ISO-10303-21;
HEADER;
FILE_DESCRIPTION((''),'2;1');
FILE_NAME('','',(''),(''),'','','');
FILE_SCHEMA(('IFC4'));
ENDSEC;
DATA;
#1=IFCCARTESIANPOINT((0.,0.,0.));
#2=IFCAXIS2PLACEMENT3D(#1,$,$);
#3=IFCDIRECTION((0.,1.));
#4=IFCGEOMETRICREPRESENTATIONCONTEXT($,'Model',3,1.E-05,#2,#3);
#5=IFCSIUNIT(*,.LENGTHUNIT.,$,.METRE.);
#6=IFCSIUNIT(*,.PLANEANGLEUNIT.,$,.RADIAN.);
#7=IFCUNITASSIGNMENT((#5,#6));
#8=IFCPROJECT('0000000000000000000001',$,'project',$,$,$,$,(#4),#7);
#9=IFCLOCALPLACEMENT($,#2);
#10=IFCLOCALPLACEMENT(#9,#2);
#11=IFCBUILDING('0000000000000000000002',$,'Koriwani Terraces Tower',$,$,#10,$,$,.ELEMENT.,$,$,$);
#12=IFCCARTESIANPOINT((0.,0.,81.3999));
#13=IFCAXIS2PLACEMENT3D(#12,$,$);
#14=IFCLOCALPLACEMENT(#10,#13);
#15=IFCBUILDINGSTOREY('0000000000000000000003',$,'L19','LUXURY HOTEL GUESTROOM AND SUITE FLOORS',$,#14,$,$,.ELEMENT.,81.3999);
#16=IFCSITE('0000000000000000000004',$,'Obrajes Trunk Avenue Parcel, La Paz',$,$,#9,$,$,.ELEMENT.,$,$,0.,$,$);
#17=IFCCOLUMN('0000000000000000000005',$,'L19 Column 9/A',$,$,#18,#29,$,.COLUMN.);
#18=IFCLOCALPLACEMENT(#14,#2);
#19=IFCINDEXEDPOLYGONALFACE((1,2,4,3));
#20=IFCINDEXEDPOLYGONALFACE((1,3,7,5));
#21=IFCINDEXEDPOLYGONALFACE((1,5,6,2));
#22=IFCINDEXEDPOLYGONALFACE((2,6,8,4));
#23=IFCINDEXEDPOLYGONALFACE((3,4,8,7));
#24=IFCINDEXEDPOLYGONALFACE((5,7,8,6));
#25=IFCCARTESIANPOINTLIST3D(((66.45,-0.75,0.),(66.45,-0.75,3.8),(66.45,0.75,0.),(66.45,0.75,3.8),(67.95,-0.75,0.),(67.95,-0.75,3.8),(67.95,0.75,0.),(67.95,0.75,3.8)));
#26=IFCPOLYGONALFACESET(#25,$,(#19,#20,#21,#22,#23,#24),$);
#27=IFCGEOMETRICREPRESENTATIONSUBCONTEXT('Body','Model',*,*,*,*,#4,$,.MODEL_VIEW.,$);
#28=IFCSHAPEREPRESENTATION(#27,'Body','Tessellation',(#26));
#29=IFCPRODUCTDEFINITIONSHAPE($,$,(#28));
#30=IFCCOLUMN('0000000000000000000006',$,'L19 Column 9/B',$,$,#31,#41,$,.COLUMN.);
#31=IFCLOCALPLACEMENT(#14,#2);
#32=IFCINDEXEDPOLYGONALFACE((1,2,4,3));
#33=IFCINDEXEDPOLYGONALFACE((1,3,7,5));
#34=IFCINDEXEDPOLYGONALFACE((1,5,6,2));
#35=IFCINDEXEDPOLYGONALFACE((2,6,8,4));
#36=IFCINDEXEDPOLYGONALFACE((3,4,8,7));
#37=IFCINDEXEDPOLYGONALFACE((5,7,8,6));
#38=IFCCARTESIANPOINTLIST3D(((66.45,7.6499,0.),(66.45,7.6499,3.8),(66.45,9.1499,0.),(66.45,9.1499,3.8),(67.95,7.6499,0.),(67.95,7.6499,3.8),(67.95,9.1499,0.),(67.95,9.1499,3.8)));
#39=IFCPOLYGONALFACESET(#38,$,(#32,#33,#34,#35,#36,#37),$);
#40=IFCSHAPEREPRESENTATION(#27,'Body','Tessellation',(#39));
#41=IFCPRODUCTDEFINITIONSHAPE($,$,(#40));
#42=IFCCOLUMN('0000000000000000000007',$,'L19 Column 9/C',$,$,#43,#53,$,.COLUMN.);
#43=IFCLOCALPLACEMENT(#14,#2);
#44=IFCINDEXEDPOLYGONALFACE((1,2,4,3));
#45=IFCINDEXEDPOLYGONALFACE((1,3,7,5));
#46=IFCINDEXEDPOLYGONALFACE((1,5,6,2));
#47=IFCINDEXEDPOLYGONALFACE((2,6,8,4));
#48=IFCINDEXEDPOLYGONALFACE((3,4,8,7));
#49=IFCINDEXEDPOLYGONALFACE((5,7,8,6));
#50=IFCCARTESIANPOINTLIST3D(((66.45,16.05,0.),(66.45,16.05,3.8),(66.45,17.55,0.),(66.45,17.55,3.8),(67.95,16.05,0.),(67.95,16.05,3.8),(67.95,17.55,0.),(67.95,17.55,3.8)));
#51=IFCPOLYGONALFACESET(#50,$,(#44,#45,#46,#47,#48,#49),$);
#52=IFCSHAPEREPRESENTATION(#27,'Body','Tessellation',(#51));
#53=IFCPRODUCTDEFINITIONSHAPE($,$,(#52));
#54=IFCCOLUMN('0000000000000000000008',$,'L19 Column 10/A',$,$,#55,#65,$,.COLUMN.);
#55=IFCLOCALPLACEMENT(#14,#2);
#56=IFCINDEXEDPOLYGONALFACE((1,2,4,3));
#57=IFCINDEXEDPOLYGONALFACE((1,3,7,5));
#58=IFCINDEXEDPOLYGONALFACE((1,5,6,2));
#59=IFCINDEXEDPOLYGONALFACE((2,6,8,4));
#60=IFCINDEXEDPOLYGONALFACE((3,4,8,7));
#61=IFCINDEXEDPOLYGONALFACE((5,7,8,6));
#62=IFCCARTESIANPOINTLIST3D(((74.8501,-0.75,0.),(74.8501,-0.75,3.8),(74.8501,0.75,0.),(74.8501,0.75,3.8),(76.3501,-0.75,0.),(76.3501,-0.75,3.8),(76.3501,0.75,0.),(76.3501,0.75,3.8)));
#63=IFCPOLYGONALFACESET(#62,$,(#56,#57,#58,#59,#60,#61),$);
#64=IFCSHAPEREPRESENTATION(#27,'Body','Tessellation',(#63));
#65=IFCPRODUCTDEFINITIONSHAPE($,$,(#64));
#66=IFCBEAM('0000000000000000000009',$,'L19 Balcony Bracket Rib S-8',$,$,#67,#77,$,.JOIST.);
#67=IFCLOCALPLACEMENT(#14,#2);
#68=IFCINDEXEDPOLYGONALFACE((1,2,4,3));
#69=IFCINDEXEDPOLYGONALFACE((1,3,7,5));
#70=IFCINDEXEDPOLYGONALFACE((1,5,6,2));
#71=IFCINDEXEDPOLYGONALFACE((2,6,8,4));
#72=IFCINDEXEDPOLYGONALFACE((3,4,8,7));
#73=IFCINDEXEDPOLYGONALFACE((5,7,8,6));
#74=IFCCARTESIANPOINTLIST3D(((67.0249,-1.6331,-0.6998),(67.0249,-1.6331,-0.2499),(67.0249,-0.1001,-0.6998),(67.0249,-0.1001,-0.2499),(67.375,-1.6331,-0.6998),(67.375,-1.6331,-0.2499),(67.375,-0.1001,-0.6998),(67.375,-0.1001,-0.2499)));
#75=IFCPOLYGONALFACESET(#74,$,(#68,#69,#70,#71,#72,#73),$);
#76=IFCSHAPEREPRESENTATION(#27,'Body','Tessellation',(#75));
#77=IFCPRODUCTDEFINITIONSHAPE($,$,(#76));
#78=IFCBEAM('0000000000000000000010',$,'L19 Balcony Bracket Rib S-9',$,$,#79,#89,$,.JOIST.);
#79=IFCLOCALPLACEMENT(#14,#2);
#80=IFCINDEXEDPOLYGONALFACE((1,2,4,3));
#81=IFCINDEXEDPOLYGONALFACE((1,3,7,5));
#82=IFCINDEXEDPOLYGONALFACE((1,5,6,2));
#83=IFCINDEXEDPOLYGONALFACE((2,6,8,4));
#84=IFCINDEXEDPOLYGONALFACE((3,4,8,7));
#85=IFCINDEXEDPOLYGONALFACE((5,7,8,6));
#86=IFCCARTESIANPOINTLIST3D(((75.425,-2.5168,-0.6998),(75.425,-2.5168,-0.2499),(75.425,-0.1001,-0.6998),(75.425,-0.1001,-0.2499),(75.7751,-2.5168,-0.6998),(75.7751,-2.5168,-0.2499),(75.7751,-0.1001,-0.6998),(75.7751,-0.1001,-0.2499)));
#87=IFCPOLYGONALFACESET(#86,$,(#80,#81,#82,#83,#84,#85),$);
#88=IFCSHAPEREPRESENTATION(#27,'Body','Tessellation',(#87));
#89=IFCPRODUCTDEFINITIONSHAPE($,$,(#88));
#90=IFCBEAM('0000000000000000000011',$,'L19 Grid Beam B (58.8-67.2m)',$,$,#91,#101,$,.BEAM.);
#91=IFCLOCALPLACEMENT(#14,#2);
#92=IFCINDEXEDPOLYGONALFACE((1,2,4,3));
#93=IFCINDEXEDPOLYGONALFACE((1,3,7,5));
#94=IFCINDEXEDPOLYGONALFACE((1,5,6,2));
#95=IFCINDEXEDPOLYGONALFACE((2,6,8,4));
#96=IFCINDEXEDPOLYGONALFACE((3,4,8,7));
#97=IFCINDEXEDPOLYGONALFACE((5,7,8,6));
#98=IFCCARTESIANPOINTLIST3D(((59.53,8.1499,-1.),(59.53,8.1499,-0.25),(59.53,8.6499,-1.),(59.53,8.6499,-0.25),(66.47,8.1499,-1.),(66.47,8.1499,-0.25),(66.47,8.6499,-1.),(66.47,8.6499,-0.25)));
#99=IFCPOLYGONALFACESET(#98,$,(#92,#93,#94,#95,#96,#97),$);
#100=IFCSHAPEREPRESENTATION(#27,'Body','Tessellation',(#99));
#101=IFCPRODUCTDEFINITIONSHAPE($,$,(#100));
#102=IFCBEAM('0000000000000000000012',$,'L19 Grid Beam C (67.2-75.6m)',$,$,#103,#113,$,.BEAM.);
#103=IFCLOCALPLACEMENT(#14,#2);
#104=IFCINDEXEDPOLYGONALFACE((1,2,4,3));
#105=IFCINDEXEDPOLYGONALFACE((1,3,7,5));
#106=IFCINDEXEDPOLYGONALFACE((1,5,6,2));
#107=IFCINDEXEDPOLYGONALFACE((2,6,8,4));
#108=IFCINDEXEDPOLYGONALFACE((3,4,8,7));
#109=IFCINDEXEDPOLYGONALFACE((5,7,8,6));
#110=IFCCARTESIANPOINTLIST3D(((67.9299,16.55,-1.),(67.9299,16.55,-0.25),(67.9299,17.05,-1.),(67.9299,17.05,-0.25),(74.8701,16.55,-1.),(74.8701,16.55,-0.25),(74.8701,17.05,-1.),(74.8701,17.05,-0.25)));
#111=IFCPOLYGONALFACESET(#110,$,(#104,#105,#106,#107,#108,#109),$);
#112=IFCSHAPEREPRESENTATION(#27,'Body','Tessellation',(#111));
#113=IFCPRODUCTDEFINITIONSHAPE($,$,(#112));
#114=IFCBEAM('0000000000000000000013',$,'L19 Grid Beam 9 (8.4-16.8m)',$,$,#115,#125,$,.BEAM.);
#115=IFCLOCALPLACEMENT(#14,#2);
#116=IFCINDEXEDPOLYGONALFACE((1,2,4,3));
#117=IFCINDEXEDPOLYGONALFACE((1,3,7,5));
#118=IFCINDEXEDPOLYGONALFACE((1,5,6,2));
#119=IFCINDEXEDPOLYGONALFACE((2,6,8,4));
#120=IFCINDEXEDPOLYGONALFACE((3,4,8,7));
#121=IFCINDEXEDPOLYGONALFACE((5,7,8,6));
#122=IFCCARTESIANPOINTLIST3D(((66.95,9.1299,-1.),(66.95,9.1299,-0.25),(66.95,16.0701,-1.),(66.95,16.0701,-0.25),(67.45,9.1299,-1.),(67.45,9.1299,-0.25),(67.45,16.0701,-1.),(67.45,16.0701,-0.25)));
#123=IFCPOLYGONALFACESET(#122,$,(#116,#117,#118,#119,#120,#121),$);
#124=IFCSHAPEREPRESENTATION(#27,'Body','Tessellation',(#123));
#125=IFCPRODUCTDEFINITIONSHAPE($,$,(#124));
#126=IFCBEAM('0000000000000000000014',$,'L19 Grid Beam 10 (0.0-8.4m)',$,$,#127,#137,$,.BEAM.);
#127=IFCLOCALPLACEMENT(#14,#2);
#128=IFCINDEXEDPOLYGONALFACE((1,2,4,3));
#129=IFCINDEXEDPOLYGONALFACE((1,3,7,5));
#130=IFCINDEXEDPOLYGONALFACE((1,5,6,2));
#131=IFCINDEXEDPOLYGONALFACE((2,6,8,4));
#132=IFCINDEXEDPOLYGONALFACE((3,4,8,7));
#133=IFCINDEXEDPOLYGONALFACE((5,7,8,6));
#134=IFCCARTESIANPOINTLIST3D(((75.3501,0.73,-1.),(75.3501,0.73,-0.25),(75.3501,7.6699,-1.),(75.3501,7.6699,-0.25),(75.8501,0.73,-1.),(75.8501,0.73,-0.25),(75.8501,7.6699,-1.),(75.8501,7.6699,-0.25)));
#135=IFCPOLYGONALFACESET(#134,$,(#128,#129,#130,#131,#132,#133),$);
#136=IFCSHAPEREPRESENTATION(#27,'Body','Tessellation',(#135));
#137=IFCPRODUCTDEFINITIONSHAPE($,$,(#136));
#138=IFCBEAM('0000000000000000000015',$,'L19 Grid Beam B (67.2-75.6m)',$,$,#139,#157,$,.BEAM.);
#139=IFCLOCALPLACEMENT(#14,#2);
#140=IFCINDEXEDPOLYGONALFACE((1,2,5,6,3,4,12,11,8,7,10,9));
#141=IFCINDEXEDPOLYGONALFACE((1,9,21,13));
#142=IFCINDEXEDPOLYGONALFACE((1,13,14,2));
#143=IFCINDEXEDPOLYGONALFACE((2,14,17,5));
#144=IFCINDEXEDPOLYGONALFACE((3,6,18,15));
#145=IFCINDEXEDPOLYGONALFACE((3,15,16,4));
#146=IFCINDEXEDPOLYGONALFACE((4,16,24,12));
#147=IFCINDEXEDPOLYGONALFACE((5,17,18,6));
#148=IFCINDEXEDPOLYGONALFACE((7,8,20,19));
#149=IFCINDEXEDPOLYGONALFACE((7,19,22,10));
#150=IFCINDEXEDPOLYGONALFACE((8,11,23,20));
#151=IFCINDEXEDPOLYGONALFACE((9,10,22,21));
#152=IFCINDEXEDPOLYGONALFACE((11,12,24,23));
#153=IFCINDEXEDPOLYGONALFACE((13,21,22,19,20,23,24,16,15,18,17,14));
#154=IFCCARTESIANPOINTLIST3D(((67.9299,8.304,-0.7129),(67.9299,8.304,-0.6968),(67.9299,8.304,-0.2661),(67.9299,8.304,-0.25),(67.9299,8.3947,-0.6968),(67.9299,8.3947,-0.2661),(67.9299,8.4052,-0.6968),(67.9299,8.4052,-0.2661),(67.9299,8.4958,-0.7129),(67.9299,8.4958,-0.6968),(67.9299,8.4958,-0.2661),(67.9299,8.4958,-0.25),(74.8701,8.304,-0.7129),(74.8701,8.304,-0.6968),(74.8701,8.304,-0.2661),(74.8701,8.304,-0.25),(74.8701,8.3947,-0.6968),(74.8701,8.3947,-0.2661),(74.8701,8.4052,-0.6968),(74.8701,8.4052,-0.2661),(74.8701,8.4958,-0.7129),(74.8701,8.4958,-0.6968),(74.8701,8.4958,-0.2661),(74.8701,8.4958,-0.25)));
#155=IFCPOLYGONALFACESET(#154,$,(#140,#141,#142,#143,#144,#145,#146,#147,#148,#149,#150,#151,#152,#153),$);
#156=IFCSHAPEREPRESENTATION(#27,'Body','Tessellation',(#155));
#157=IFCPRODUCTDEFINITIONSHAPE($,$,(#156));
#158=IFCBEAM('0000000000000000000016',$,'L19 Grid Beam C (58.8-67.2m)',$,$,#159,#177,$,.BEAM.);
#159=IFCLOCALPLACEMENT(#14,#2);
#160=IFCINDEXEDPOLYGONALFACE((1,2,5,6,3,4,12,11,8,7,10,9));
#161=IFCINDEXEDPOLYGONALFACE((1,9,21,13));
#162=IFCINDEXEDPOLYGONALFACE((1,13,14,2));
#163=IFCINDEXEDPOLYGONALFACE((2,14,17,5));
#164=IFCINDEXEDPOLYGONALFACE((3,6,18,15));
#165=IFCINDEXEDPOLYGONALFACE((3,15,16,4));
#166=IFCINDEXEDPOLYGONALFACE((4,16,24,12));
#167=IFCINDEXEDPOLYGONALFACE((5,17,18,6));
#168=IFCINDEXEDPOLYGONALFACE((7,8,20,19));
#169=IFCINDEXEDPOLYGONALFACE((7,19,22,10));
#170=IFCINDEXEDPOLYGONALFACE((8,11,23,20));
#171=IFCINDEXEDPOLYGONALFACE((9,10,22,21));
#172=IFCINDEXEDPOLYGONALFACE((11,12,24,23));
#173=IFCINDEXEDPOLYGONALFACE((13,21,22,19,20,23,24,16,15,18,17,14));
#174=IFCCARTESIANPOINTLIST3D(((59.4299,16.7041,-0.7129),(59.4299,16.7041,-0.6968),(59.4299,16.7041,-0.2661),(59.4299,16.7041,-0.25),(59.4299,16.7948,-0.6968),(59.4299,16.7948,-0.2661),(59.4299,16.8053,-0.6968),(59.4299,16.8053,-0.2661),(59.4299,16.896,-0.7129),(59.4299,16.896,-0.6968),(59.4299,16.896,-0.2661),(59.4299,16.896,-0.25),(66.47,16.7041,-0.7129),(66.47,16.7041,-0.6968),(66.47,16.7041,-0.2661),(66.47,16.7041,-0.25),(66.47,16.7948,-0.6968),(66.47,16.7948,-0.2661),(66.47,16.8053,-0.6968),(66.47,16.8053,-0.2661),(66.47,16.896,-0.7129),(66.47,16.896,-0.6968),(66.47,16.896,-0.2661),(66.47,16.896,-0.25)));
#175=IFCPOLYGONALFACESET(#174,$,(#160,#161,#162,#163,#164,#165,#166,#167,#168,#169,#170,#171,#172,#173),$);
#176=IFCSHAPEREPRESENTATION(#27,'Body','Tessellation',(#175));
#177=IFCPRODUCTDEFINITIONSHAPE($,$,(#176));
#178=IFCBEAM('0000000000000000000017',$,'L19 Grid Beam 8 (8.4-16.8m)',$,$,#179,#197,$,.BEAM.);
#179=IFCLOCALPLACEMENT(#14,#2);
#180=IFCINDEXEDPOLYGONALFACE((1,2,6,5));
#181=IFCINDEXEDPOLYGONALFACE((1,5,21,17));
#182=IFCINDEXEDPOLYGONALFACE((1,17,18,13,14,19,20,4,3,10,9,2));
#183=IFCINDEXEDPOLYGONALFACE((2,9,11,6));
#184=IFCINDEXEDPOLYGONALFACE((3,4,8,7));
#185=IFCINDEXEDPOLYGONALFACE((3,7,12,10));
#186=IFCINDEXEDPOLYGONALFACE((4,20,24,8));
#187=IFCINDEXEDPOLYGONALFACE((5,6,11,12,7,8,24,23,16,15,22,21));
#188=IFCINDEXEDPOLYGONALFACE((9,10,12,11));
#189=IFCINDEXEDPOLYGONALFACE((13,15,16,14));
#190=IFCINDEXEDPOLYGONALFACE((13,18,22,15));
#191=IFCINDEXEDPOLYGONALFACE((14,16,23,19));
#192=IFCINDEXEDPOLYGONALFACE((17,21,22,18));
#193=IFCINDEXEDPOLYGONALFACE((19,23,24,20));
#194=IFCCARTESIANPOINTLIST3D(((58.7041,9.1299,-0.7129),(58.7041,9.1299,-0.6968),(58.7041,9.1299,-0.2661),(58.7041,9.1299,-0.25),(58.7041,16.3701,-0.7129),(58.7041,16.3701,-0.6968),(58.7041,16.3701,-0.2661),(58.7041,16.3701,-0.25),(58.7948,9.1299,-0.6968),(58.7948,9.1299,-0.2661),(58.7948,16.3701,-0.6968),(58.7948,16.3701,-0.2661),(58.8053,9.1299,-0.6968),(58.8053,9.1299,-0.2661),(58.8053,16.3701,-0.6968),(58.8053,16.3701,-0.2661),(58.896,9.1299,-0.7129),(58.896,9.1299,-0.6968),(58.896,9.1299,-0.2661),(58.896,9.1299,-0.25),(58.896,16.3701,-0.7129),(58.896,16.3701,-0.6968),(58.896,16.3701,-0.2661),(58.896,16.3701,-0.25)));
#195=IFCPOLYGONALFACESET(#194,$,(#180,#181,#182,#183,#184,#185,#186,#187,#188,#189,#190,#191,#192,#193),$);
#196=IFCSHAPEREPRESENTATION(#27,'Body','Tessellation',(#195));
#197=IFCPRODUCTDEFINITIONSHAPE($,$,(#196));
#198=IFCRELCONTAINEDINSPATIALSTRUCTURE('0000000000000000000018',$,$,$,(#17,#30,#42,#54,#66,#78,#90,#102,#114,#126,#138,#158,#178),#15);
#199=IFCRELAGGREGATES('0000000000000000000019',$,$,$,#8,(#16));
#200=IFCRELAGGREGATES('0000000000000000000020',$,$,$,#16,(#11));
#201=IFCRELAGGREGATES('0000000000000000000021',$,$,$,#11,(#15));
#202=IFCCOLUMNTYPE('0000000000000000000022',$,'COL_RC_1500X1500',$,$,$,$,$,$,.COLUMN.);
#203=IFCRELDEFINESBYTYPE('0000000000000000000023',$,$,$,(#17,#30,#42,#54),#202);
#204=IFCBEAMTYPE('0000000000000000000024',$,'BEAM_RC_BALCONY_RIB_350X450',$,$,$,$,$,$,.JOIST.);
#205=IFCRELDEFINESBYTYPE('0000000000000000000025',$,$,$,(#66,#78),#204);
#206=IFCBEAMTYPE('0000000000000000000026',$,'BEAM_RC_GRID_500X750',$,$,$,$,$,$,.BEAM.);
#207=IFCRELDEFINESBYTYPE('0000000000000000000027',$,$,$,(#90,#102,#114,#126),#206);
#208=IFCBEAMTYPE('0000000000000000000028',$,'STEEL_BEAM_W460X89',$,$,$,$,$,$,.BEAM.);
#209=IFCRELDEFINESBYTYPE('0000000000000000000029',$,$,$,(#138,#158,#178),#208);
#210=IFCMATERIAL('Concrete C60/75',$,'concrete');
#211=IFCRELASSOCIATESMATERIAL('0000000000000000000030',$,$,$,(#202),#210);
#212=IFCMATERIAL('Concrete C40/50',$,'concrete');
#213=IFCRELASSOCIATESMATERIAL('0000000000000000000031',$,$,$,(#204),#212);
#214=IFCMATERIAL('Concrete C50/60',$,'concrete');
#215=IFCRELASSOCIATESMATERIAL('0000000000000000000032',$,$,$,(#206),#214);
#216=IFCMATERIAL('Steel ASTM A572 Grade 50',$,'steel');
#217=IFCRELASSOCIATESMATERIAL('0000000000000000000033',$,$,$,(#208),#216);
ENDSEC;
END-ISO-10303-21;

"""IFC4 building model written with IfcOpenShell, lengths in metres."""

from ifc_helpers import new_model, si_unit, direction, frame, origin, origin_2d, place, context, subcontext, project, spatial, rectangle, i_section, extrude, material, material_profile, profile_set, type_object, element, save


model = new_model("IFC4")

# Units and contexts
model_context = context("Model", 3, precision=1e-05, world=origin(), true_north=direction((0.0, 1.0)))
body_context = subcontext(model_context, "Body", "Model", "MODEL_VIEW")
ifc_project = project(units=[si_unit("LENGTHUNIT", "METRE"), si_unit("PLANEANGLEUNIT", "RADIAN")], contexts=[model_context])

# Site, building, storey
site_placement = place(None, origin())
site = spatial("IfcSite", under=ifc_project, at=site_placement, Name="Obrajes Trunk Avenue Parcel, La Paz", CompositionType="ELEMENT", RefElevation=0.0)
building_placement = place(site_placement, origin())
building = spatial("IfcBuilding", under=site, at=building_placement, Name="Koriwani Terraces Tower", CompositionType="ELEMENT")
storey_placement = place(building_placement, frame((0.0, 0.0, 81.3999)))
storey = spatial("IfcBuildingStorey", under=building, at=storey_placement, Name="L19", Description="LUXURY HOTEL GUESTROOM AND SUITE FLOORS", CompositionType="ELEMENT", Elevation=81.3999)

# Columns
ifc_material_1 = material(Name="Concrete C60/75", Category="concrete")
ifc_material_profile_1 = material_profile(ifc_material_1, rectangle(XDim=1.5, YDim=1.5, at=origin_2d()), Name="Concrete C60/75", Category="LoadBearing")
ifc_profile_set_1 = profile_set([ifc_material_profile_1], Name="Concrete C60/75")
column_type = type_object("IfcColumnType", Name="COL_RC_1500X1500", PredefinedType="COLUMN", material=ifc_profile_set_1)
for number, where, z_axis, x_axis, name in (
    (1, (67.2, 0.0, 0.0), (0.0, 0.0, 1.0), (1.0, 0.0, 0.0), "L19 Column 9/A"),
    (2, (67.2, 8.3999, 0.0), (0.0, 0.0, 1.0), (1.0, 0.0, 0.0), "L19 Column 9/B"),
    (3, (67.2, 16.8, 0.0), (0.0, 0.0, 1.0), (1.0, 0.0, 0.0), "L19 Column 9/C"),
    (4, (75.6001, 0.0, 0.0), (0.0, 0.0, 1.0), (1.0, 0.0, 0.0), "L19 Column 10/A"),
):
    element("IfcColumn", number, at=place(storey_placement, frame(where, z_axis=z_axis, x_axis=x_axis)), inside=storey, type_object=column_type, Name=name, PredefinedType="COLUMN", context=body_context, shape_type="SweptSolid", body=[
        extrude(rectangle(XDim=1.5, YDim=1.5, at=origin_2d()), origin(), (0.0, 0.0, 1.0), 3.8),
    ])

# Beams
ifc_material_2 = material(Name="Concrete C40/50", Category="concrete")
ifc_material_profile_2 = material_profile(ifc_material_2, rectangle(XDim=0.3501, YDim=0.45, at=origin_2d()), Name="Concrete C40/50", Category="LoadBearing")
ifc_profile_set_2 = profile_set([ifc_material_profile_2], Name="Concrete C40/50")
beam_type_1 = type_object("IfcBeamType", Name="BEAM_RC_BALCONY_RIB_350X450", PredefinedType="JOIST", material=ifc_profile_set_2)
beam_1_placement = place(storey_placement, frame((67.2, -1.6331, -0.4749), z_axis=(0.0, 1.0, 0.0), x_axis=(-1.0, 0.0, 0.0)))
element("IfcBeam", 5, at=beam_1_placement, inside=storey, type_object=beam_type_1, Name="L19 Balcony Bracket Rib S-8", PredefinedType="JOIST", context=body_context, shape_type="SweptSolid", body=[
    extrude(rectangle(XDim=0.3501, YDim=0.45, at=origin_2d()), origin(), (0.0, 0.0, 1.0), 1.533),
])
beam_2_placement = place(storey_placement, frame((75.6001, -2.5168, -0.4749), z_axis=(0.0, 1.0, 0.0), x_axis=(-1.0, 0.0, 0.0)))
element("IfcBeam", 6, at=beam_2_placement, inside=storey, type_object=beam_type_1, Name="L19 Balcony Bracket Rib S-9", PredefinedType="JOIST", context=body_context, shape_type="SweptSolid", body=[
    extrude(rectangle(XDim=0.3501, YDim=0.45, at=origin_2d()), origin(), (0.0, 0.0, 1.0), 2.4167),
])
ifc_material_3 = material(Name="Concrete C50/60", Category="concrete")
ifc_material_profile_3 = material_profile(ifc_material_3, rectangle(XDim=0.5, YDim=0.75, at=origin_2d()), Name="Concrete C50/60", Category="LoadBearing")
ifc_profile_set_3 = profile_set([ifc_material_profile_3], Name="Concrete C50/60")
beam_type_2 = type_object("IfcBeamType", Name="BEAM_RC_GRID_500X750", PredefinedType="BEAM", material=ifc_profile_set_3)
beam_3_placement = place(storey_placement, frame((59.53, 8.3999, -0.625), z_axis=(1.0, 0.0, 0.0), x_axis=(0.0, 1.0, 0.0)))
element("IfcBeam", 7, at=beam_3_placement, inside=storey, type_object=beam_type_2, Name="L19 Grid Beam B (58.8-67.2m)", PredefinedType="BEAM", context=body_context, shape_type="SweptSolid", body=[
    extrude(rectangle(XDim=0.5, YDim=0.75, at=origin_2d()), origin(), (0.0, 0.0, 1.0), 6.9399),
])
for number, where, z_axis, x_axis, name in (
    (8, (67.9299, 16.8, -0.625), (1.0, 0.0, 0.0), (0.0, 1.0, 0.0), "L19 Grid Beam C (67.2-75.6m)"),
    (9, (67.2, 9.1299, -0.625), (0.0, 1.0, 0.0), (-1.0, 0.0, 0.0), "L19 Grid Beam 9 (8.4-16.8m)"),
):
    element("IfcBeam", number, at=place(storey_placement, frame(where, z_axis=z_axis, x_axis=x_axis)), inside=storey, type_object=beam_type_2, Name=name, PredefinedType="BEAM", context=body_context, shape_type="SweptSolid", body=[
        extrude(rectangle(XDim=0.5, YDim=0.75, at=origin_2d()), origin(), (0.0, 0.0, 1.0), 6.9402),
    ])
beam_4_placement = place(storey_placement, frame((75.6001, 0.73, -0.625), z_axis=(0.0, 1.0, 0.0), x_axis=(-1.0, 0.0, 0.0)))
element("IfcBeam", 10, at=beam_4_placement, inside=storey, type_object=beam_type_2, Name="L19 Grid Beam 10 (0.0-8.4m)", PredefinedType="BEAM", context=body_context, shape_type="SweptSolid", body=[
    extrude(rectangle(XDim=0.5, YDim=0.75, at=origin_2d()), origin(), (0.0, 0.0, 1.0), 6.9399),
])
ifc_material_4 = material(Name="Steel ASTM A572 Grade 50", Category="steel")
ifc_material_profile_4 = material_profile(ifc_material_4, i_section(OverallWidth=0.1919, OverallDepth=0.4629, WebThickness=0.0105, FlangeThickness=0.0161, at=origin_2d()), Name="Steel ASTM A572 Grade 50", Category="LoadBearing")
ifc_profile_set_4 = profile_set([ifc_material_profile_4], Name="Steel ASTM A572 Grade 50")
beam_type_3 = type_object("IfcBeamType", Name="STEEL_BEAM_W460X89", PredefinedType="BEAM", material=ifc_profile_set_4)
beam_5_placement = place(storey_placement, frame((67.9299, 8.3999, -0.4814), z_axis=(1.0, 0.0, 0.0), x_axis=(0.0, 1.0, 0.0)))
element("IfcBeam", 11, at=beam_5_placement, inside=storey, type_object=beam_type_3, Name="L19 Grid Beam B (67.2-75.6m)", PredefinedType="BEAM", context=body_context, shape_type="SweptSolid", body=[
    extrude(i_section(OverallWidth=0.1919, OverallDepth=0.4629, WebThickness=0.0105, FlangeThickness=0.0161, at=origin_2d()), origin(), (0.0, 0.0, 1.0), 6.9402),
])
beam_6_placement = place(storey_placement, frame((59.4299, 16.8, -0.4814), z_axis=(1.0, 0.0, 0.0), x_axis=(0.0, 1.0, 0.0)))
element("IfcBeam", 12, at=beam_6_placement, inside=storey, type_object=beam_type_3, Name="L19 Grid Beam C (58.8-67.2m)", PredefinedType="BEAM", context=body_context, shape_type="SweptSolid", body=[
    extrude(i_section(OverallWidth=0.1919, OverallDepth=0.4629, WebThickness=0.0105, FlangeThickness=0.0161, at=origin_2d()), origin(), (0.0, 0.0, 1.0), 7.04),
])
beam_7_placement = place(storey_placement, frame((58.8, 9.1299, -0.4814), z_axis=(0.0, 1.0, 0.0), x_axis=(-1.0, 0.0, 0.0)))
element("IfcBeam", 13, at=beam_7_placement, inside=storey, type_object=beam_type_3, Name="L19 Grid Beam 8 (8.4-16.8m)", PredefinedType="BEAM", context=body_context, shape_type="SweptSolid", body=[
    extrude(i_section(OverallWidth=0.1919, OverallDepth=0.4629, WebThickness=0.0105, FlangeThickness=0.0161, at=origin_2d()), origin(), (0.0, 0.0, 1.0), 7.2402),
])

save(model, "model.ifc")
